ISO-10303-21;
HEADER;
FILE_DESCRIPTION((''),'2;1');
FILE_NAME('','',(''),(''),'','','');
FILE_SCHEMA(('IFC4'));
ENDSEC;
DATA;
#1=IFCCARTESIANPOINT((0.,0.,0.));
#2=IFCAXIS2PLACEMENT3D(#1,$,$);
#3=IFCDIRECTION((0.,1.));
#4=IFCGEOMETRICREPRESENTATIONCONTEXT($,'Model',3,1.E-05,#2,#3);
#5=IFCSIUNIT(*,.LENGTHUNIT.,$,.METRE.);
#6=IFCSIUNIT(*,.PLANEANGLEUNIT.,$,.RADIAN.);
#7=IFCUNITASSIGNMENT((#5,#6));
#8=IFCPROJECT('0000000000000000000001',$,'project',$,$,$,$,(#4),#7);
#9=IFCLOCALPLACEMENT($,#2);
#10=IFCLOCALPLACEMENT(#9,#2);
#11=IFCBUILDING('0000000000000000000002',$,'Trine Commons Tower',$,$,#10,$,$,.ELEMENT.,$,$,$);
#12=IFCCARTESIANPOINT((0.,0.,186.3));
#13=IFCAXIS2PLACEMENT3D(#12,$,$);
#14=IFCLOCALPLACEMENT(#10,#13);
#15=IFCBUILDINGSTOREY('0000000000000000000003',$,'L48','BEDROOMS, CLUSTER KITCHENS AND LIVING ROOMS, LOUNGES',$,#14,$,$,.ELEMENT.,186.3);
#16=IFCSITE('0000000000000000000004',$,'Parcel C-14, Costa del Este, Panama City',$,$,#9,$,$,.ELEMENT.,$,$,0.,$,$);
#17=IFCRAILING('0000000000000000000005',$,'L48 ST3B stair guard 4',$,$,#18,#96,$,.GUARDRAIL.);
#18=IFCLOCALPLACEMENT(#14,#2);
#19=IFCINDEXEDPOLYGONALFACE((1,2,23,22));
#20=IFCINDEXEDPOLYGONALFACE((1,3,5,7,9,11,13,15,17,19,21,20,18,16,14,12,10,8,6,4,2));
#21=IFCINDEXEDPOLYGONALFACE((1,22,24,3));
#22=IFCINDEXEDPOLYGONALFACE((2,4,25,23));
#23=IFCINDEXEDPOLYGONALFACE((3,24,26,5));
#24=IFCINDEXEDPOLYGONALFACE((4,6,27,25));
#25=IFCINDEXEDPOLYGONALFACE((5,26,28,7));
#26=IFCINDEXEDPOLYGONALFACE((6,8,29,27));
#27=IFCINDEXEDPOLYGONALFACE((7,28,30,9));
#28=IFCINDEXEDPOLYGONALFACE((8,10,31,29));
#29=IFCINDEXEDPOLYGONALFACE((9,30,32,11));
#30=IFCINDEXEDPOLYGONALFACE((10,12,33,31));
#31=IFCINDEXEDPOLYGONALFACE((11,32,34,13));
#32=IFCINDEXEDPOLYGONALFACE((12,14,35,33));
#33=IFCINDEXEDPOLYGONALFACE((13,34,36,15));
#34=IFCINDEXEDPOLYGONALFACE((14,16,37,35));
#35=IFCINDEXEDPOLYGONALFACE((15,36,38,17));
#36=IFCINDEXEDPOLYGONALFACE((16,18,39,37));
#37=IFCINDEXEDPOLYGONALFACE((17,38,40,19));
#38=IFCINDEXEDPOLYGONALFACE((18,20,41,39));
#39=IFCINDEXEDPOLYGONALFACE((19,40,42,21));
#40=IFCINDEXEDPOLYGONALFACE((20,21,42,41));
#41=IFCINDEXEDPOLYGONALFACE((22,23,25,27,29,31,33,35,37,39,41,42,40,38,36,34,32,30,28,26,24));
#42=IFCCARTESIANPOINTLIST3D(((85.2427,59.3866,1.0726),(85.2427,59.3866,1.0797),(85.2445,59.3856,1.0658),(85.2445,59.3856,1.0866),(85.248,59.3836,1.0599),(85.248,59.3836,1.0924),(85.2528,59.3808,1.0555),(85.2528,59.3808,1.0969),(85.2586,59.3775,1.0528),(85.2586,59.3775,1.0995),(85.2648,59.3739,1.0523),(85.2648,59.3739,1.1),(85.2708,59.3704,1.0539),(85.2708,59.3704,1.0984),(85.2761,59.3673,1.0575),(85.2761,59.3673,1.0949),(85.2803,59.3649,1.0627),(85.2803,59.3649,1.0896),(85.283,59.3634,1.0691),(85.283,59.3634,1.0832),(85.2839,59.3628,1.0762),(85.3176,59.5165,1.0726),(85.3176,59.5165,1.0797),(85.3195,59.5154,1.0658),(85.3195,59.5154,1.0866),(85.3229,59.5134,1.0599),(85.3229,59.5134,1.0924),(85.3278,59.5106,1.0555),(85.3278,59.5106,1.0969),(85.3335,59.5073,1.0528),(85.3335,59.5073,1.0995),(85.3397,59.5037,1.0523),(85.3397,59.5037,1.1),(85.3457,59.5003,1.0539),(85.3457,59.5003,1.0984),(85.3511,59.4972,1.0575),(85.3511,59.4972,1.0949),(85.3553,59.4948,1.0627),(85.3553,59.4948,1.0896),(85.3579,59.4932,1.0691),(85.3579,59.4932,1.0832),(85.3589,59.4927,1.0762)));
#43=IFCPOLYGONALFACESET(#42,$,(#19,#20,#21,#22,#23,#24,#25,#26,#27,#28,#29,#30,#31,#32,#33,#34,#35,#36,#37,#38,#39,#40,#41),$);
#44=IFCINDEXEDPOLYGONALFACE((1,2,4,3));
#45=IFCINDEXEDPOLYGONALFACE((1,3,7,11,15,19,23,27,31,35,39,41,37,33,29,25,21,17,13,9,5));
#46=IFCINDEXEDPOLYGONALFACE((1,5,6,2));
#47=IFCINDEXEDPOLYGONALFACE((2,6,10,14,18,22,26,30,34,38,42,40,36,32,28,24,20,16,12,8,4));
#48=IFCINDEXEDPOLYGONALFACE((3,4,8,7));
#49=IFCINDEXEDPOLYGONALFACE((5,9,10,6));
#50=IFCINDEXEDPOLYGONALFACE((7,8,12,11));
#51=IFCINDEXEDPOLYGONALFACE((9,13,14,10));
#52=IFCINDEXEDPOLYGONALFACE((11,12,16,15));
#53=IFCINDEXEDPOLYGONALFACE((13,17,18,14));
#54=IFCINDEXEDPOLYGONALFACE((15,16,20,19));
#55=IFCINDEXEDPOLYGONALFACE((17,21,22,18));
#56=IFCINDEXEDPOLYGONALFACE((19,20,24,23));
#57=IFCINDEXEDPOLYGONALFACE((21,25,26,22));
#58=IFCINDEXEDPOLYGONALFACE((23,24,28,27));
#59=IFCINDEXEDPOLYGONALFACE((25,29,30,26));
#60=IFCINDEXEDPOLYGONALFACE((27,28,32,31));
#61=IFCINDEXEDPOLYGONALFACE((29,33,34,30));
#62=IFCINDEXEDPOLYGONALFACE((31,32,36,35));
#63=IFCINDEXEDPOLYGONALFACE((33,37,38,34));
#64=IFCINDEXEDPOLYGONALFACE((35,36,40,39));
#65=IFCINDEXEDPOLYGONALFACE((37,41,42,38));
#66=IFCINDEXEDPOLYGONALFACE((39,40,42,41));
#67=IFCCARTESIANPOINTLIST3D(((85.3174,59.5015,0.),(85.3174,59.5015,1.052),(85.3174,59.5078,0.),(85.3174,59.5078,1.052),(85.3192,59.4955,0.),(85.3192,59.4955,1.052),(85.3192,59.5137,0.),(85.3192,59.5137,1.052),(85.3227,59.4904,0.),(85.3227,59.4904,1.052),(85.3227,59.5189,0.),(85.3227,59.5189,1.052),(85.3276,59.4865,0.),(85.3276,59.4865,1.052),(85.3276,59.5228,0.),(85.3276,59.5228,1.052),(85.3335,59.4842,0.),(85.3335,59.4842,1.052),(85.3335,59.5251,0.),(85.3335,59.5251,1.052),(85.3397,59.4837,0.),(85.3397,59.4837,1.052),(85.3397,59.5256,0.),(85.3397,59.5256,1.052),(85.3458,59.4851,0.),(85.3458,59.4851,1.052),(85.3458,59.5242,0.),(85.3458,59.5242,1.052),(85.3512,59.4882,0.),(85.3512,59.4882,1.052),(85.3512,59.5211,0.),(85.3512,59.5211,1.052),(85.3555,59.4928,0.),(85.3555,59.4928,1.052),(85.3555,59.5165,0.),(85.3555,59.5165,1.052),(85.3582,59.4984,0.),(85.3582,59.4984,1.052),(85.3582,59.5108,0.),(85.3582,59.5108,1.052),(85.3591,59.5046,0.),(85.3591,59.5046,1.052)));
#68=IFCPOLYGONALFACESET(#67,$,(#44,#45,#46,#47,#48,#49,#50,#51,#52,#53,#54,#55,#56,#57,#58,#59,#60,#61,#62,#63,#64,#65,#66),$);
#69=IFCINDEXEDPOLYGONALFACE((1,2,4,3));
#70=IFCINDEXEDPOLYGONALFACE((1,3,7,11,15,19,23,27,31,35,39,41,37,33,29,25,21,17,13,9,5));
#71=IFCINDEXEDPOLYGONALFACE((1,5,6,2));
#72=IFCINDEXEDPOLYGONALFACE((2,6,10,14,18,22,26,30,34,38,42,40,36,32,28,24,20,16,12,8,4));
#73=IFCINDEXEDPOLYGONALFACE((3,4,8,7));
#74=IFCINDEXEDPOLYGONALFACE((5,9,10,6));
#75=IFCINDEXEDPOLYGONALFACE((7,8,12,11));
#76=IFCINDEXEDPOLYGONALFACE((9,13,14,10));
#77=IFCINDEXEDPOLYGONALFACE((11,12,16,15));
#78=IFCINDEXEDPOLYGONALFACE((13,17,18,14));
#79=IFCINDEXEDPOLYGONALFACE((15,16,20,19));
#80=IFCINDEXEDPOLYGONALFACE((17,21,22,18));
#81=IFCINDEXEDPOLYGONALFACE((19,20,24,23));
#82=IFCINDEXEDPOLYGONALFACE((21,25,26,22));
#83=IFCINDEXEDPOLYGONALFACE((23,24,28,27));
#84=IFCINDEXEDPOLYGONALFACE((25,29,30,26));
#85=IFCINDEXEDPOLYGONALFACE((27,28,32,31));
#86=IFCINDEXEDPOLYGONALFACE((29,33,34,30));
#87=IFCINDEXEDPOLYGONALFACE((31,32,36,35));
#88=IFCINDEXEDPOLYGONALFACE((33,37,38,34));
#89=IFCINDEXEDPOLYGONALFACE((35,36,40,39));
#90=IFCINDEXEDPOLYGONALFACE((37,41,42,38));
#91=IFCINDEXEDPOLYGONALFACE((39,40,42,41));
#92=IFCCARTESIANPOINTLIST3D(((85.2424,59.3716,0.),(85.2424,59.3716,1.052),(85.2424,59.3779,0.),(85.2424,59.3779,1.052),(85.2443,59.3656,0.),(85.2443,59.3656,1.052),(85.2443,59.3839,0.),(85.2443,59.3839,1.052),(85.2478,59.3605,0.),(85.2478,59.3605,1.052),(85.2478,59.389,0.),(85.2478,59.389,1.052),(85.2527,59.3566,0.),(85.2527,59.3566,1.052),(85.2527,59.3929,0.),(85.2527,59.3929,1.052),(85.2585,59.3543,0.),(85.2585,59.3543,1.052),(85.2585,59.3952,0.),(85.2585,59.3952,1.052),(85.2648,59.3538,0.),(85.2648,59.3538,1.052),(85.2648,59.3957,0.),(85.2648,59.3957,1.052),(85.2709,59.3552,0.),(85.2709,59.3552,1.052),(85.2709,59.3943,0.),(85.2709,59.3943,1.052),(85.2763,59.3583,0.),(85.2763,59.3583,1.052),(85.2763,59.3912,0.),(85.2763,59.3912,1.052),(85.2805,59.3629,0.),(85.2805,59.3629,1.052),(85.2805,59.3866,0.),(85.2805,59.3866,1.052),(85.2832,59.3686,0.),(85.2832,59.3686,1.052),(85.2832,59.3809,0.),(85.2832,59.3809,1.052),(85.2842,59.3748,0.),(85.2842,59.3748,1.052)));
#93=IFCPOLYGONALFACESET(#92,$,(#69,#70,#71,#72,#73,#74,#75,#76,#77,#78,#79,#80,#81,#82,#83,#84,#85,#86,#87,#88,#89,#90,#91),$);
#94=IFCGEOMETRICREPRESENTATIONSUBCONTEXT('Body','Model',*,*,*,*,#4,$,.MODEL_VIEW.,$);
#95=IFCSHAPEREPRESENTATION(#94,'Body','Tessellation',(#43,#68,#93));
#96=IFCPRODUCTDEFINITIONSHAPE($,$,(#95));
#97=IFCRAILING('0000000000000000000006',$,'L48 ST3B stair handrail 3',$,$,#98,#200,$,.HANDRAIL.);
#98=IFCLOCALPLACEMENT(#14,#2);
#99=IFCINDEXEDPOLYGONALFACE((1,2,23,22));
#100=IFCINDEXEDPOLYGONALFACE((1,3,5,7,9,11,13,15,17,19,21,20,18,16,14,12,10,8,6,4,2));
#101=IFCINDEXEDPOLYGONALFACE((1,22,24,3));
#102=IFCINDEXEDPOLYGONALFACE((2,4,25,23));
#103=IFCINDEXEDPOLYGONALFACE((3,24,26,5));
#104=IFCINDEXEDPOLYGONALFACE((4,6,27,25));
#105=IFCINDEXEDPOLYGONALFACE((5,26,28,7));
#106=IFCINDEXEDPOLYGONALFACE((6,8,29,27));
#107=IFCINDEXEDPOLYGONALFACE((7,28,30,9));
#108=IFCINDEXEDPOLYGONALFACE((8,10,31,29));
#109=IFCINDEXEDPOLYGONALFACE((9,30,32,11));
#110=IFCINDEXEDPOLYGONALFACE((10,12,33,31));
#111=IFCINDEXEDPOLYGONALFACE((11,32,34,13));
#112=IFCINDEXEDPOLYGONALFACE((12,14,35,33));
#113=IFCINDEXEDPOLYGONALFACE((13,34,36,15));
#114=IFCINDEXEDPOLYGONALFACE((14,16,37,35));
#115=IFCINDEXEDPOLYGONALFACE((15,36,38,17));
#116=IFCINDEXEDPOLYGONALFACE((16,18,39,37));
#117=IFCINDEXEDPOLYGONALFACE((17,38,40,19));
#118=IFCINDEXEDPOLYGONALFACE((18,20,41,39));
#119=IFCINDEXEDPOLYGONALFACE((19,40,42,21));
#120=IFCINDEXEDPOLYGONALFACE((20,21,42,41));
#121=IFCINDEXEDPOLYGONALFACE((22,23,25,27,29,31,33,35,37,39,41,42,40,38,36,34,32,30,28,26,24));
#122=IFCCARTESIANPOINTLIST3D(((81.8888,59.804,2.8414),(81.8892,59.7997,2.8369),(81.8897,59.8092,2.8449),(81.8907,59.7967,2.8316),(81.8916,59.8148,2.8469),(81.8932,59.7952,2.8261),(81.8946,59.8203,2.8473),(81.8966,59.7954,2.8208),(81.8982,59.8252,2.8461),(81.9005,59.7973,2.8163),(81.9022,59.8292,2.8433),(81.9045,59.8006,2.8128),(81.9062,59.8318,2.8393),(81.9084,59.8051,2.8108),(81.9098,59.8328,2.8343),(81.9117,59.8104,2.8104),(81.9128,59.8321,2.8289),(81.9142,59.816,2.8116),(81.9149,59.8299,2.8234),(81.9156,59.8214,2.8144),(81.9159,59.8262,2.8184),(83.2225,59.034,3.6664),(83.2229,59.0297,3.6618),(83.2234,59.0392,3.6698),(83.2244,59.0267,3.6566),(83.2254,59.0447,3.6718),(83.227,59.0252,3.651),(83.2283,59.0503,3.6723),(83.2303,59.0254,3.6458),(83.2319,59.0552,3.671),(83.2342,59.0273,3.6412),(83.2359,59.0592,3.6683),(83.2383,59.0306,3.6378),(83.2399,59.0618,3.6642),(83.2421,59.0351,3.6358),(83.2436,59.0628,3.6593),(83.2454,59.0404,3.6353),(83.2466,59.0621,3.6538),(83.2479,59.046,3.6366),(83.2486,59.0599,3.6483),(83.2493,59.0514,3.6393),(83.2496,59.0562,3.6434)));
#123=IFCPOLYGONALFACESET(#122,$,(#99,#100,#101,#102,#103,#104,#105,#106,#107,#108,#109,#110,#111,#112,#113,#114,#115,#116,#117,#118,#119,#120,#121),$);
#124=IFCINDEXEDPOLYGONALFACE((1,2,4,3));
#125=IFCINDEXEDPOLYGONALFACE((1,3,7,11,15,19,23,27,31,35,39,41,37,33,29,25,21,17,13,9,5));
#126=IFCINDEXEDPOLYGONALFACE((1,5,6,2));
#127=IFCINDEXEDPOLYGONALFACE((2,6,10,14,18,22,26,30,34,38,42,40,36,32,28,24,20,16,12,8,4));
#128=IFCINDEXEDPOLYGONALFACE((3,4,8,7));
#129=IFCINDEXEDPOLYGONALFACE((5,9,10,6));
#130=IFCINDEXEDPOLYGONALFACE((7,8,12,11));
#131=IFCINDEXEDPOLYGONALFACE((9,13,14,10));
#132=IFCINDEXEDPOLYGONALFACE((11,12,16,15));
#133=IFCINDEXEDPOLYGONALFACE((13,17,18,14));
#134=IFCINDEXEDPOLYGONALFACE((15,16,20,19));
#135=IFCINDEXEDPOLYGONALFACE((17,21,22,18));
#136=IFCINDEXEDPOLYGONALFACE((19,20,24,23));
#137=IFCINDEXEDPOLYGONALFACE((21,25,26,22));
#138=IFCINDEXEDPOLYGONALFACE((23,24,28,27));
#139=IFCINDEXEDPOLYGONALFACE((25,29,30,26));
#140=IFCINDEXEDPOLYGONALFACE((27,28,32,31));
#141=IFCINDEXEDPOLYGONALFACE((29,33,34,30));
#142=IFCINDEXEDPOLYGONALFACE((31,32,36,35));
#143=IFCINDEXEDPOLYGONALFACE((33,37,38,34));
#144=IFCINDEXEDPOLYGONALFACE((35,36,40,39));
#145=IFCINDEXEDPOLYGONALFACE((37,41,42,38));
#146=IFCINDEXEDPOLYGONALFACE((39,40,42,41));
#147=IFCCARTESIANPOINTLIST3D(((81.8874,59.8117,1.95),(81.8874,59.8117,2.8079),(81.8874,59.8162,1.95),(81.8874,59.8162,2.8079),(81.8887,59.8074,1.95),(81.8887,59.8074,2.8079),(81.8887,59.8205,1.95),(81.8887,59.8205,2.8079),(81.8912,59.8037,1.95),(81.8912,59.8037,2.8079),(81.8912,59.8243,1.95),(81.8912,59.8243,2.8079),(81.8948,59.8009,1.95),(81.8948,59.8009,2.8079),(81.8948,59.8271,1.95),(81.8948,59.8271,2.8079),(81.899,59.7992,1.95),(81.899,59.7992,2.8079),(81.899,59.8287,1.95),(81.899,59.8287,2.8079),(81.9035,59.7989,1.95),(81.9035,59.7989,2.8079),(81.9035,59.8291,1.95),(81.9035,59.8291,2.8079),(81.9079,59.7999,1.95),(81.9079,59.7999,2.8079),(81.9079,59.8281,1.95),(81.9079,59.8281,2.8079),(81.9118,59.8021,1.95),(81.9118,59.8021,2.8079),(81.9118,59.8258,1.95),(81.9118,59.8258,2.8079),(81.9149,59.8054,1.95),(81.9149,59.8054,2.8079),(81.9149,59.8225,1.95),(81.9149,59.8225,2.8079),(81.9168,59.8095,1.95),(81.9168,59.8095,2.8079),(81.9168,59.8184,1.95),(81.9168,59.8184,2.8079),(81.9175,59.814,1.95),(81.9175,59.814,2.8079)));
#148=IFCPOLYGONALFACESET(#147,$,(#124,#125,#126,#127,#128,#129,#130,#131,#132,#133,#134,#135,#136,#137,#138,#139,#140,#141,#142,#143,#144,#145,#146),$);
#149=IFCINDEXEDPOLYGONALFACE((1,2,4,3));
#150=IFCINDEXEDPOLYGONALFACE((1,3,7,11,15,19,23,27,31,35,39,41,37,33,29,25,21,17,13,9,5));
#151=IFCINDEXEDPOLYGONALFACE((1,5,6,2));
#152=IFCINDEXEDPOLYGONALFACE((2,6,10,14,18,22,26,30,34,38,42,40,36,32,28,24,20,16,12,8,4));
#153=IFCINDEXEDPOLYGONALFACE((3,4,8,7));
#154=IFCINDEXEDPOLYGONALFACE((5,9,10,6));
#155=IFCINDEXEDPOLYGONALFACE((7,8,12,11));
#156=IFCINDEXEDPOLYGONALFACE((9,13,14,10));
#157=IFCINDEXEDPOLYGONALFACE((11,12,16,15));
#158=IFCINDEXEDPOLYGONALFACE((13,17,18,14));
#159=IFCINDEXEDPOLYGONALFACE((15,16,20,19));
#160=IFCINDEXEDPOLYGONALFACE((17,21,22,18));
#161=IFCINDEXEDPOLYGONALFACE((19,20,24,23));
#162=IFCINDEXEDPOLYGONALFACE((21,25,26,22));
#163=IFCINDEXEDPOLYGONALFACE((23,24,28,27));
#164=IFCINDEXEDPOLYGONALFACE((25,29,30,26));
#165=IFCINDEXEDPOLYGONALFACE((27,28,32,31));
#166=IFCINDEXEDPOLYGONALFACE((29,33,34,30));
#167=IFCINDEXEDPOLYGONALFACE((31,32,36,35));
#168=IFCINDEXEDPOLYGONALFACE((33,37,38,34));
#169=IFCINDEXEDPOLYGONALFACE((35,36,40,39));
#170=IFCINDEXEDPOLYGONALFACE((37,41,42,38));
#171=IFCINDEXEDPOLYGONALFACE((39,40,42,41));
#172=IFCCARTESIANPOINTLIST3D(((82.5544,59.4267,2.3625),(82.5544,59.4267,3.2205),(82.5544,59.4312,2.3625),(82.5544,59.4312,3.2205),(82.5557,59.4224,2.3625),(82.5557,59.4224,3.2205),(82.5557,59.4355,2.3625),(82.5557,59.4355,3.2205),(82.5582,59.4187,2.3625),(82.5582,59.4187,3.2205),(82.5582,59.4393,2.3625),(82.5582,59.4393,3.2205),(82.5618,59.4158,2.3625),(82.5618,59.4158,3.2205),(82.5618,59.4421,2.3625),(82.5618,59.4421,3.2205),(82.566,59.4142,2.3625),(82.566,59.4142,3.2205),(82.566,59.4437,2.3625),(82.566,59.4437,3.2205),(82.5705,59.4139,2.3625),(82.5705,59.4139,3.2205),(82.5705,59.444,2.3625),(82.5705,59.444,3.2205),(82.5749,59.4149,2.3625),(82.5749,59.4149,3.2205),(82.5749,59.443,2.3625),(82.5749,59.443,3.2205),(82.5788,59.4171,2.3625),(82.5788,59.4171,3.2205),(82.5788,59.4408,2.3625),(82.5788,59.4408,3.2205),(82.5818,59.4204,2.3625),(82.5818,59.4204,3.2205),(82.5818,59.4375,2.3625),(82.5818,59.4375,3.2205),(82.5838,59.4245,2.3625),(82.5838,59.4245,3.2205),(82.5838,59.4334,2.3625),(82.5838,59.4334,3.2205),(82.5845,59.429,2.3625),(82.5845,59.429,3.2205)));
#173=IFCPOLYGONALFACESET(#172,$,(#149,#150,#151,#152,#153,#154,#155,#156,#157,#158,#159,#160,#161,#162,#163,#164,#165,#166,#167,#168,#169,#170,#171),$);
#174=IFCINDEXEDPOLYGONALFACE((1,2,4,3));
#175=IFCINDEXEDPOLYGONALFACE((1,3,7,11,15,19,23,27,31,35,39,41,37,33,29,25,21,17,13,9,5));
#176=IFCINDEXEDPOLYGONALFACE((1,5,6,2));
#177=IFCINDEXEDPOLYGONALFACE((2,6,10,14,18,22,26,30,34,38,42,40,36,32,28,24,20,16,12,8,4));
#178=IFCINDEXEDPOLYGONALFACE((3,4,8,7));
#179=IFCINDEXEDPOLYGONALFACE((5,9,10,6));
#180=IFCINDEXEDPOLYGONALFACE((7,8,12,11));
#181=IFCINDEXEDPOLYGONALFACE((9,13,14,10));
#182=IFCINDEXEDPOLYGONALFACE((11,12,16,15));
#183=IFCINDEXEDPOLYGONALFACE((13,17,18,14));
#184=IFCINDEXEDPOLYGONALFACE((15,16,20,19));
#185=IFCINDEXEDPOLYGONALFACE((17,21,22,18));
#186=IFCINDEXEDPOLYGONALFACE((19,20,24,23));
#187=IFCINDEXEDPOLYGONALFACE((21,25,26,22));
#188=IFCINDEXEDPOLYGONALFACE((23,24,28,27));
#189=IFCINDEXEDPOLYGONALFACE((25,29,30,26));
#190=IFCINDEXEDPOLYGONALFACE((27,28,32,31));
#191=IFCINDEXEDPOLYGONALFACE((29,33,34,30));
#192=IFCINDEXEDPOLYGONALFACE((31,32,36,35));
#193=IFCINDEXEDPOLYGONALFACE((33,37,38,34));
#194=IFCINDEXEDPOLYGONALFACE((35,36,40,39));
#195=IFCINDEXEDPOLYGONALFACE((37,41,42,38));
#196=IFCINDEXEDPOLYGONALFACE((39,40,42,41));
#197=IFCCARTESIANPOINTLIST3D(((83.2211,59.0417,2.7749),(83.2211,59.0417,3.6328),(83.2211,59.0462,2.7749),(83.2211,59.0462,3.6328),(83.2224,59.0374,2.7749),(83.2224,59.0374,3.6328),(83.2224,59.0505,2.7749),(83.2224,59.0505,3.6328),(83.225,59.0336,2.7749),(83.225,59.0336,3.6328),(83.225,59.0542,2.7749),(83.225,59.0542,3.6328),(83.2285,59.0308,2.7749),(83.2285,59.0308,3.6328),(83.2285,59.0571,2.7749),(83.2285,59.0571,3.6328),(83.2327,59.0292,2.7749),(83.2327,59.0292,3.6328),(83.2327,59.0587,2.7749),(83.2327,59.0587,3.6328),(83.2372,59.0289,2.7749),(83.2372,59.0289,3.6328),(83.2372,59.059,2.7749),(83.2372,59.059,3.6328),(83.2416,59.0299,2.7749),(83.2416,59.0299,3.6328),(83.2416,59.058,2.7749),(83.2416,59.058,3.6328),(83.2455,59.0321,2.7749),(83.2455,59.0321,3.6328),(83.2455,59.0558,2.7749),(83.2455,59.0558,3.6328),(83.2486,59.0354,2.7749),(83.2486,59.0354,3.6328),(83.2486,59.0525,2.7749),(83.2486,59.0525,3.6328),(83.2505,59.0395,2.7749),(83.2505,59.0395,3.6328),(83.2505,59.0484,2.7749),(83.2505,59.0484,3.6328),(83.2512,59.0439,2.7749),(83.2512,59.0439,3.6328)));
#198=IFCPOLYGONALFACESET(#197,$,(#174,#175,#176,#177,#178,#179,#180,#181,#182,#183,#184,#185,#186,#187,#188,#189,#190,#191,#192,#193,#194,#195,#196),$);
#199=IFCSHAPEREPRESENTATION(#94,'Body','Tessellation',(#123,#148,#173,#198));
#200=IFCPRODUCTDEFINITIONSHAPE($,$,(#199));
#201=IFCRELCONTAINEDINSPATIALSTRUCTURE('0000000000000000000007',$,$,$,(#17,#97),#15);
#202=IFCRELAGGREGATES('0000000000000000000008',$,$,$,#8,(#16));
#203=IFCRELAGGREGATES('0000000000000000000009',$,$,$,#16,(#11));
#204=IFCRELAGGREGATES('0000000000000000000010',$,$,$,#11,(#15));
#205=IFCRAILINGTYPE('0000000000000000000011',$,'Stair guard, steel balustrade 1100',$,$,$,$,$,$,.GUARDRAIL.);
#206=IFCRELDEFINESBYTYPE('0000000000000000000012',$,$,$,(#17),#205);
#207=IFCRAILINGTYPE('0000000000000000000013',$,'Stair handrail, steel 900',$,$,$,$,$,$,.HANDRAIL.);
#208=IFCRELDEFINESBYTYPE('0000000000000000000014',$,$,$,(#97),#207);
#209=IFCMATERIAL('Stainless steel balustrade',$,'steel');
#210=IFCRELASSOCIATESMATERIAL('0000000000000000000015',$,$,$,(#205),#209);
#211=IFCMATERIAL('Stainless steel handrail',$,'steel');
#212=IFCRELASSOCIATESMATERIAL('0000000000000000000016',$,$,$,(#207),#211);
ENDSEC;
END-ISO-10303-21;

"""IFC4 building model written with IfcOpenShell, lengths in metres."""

from ifc_helpers import new_model, si_unit, direction, frame, origin, origin_2d, place, context, subcontext, project, spatial, circle, extrude, material, type_object, element, save


model = new_model("IFC4")

# Units and contexts
model_context = context("Model", 3, precision=1e-05, world=origin(), true_north=direction((0.0, 1.0)))
body_context = subcontext(model_context, "Body", "Model", "MODEL_VIEW")
ifc_project = project(units=[si_unit("LENGTHUNIT", "METRE"), si_unit("PLANEANGLEUNIT", "RADIAN")], contexts=[model_context])

# Site, building, storey
site_placement = place(None, origin())
site = spatial("IfcSite", under=ifc_project, at=site_placement, Name="Parcel C-14, Costa del Este, Panama City", CompositionType="ELEMENT", RefElevation=0.0)
building_placement = place(site_placement, origin())
building = spatial("IfcBuilding", under=site, at=building_placement, Name="Trine Commons Tower", CompositionType="ELEMENT")
storey_placement = place(building_placement, frame((0.0, 0.0, 186.3)))
storey = spatial("IfcBuildingStorey", under=building, at=storey_placement, Name="L48", Description="BEDROOMS, CLUSTER KITCHENS AND LIVING ROOMS, LOUNGES", CompositionType="ELEMENT", Elevation=186.3)

# Railings
ifc_material_1 = material(Name="Stainless steel balustrade", Category="steel")
railing_type_1 = type_object("IfcRailingType", Name="Stair guard, steel balustrade 1100", PredefinedType="GUARDRAIL", material=ifc_material_1)
railing_1_placement = place(storey_placement, frame((85.3381, 59.5046, 0.0)))
element("IfcRailing", 1, at=railing_1_placement, inside=storey, type_object=railing_type_1, Name="L48 ST3B stair guard 4", PredefinedType="GUARDRAIL", context=body_context, shape_type="SweptSolid", body=[
    extrude(circle(Radius=0.0239, at=origin_2d()), frame((0.0, 0.0, 1.0762), z_axis=(-0.499816, -0.866131, 0.0), x_axis=(0.866131, -0.499816, 0.0)), (0.0, 0.0, 1.0), 0.1499),
    extrude(circle(Radius=0.021, at=origin_2d()), origin(), (0.0, 0.0, 1.0), 1.052),
    extrude(circle(Radius=0.021, at=origin_2d()), frame((-0.075, -0.1299, 0.0)), (0.0, 0.0, 1.0), 1.052),
])
ifc_material_2 = material(Name="Stainless steel handrail", Category="steel")
railing_type_2 = type_object("IfcRailingType", Name="Stair handrail, steel 900", PredefinedType="HANDRAIL", material=ifc_material_2)
for number, where, name in (
    (2, (81.9023, 59.814, 1.95), "L48 ST3B stair handrail 3"),
):
    element("IfcRailing", number, at=place(storey_placement, frame(where)), inside=storey, type_object=railing_type_2, Name=name, PredefinedType="HANDRAIL", context=body_context, shape_type="SweptSolid", body=[
        extrude(circle(Radius=0.021, at=origin_2d()), frame((0.0, 0.0, 0.8789), z_axis=(0.763405, -0.440743, 0.472185), x_axis=(0.499992, 0.86603, 0.0)), (0.0, 0.0, 1.0), 1.7471),
        extrude(circle(Radius=0.0151, at=origin_2d()), origin(), (0.0, 0.0, 1.0), 0.8579),
        extrude(circle(Radius=0.0151, at=origin_2d()), frame((0.667, -0.385, 0.4126)), (0.0, 0.0, 1.0), 0.8579),
        extrude(circle(Radius=0.0151, at=origin_2d()), frame((1.3337, -0.77, 0.825)), (0.0, 0.0, 1.0), 0.8579),
    ])

save(model, "model.ifc")
